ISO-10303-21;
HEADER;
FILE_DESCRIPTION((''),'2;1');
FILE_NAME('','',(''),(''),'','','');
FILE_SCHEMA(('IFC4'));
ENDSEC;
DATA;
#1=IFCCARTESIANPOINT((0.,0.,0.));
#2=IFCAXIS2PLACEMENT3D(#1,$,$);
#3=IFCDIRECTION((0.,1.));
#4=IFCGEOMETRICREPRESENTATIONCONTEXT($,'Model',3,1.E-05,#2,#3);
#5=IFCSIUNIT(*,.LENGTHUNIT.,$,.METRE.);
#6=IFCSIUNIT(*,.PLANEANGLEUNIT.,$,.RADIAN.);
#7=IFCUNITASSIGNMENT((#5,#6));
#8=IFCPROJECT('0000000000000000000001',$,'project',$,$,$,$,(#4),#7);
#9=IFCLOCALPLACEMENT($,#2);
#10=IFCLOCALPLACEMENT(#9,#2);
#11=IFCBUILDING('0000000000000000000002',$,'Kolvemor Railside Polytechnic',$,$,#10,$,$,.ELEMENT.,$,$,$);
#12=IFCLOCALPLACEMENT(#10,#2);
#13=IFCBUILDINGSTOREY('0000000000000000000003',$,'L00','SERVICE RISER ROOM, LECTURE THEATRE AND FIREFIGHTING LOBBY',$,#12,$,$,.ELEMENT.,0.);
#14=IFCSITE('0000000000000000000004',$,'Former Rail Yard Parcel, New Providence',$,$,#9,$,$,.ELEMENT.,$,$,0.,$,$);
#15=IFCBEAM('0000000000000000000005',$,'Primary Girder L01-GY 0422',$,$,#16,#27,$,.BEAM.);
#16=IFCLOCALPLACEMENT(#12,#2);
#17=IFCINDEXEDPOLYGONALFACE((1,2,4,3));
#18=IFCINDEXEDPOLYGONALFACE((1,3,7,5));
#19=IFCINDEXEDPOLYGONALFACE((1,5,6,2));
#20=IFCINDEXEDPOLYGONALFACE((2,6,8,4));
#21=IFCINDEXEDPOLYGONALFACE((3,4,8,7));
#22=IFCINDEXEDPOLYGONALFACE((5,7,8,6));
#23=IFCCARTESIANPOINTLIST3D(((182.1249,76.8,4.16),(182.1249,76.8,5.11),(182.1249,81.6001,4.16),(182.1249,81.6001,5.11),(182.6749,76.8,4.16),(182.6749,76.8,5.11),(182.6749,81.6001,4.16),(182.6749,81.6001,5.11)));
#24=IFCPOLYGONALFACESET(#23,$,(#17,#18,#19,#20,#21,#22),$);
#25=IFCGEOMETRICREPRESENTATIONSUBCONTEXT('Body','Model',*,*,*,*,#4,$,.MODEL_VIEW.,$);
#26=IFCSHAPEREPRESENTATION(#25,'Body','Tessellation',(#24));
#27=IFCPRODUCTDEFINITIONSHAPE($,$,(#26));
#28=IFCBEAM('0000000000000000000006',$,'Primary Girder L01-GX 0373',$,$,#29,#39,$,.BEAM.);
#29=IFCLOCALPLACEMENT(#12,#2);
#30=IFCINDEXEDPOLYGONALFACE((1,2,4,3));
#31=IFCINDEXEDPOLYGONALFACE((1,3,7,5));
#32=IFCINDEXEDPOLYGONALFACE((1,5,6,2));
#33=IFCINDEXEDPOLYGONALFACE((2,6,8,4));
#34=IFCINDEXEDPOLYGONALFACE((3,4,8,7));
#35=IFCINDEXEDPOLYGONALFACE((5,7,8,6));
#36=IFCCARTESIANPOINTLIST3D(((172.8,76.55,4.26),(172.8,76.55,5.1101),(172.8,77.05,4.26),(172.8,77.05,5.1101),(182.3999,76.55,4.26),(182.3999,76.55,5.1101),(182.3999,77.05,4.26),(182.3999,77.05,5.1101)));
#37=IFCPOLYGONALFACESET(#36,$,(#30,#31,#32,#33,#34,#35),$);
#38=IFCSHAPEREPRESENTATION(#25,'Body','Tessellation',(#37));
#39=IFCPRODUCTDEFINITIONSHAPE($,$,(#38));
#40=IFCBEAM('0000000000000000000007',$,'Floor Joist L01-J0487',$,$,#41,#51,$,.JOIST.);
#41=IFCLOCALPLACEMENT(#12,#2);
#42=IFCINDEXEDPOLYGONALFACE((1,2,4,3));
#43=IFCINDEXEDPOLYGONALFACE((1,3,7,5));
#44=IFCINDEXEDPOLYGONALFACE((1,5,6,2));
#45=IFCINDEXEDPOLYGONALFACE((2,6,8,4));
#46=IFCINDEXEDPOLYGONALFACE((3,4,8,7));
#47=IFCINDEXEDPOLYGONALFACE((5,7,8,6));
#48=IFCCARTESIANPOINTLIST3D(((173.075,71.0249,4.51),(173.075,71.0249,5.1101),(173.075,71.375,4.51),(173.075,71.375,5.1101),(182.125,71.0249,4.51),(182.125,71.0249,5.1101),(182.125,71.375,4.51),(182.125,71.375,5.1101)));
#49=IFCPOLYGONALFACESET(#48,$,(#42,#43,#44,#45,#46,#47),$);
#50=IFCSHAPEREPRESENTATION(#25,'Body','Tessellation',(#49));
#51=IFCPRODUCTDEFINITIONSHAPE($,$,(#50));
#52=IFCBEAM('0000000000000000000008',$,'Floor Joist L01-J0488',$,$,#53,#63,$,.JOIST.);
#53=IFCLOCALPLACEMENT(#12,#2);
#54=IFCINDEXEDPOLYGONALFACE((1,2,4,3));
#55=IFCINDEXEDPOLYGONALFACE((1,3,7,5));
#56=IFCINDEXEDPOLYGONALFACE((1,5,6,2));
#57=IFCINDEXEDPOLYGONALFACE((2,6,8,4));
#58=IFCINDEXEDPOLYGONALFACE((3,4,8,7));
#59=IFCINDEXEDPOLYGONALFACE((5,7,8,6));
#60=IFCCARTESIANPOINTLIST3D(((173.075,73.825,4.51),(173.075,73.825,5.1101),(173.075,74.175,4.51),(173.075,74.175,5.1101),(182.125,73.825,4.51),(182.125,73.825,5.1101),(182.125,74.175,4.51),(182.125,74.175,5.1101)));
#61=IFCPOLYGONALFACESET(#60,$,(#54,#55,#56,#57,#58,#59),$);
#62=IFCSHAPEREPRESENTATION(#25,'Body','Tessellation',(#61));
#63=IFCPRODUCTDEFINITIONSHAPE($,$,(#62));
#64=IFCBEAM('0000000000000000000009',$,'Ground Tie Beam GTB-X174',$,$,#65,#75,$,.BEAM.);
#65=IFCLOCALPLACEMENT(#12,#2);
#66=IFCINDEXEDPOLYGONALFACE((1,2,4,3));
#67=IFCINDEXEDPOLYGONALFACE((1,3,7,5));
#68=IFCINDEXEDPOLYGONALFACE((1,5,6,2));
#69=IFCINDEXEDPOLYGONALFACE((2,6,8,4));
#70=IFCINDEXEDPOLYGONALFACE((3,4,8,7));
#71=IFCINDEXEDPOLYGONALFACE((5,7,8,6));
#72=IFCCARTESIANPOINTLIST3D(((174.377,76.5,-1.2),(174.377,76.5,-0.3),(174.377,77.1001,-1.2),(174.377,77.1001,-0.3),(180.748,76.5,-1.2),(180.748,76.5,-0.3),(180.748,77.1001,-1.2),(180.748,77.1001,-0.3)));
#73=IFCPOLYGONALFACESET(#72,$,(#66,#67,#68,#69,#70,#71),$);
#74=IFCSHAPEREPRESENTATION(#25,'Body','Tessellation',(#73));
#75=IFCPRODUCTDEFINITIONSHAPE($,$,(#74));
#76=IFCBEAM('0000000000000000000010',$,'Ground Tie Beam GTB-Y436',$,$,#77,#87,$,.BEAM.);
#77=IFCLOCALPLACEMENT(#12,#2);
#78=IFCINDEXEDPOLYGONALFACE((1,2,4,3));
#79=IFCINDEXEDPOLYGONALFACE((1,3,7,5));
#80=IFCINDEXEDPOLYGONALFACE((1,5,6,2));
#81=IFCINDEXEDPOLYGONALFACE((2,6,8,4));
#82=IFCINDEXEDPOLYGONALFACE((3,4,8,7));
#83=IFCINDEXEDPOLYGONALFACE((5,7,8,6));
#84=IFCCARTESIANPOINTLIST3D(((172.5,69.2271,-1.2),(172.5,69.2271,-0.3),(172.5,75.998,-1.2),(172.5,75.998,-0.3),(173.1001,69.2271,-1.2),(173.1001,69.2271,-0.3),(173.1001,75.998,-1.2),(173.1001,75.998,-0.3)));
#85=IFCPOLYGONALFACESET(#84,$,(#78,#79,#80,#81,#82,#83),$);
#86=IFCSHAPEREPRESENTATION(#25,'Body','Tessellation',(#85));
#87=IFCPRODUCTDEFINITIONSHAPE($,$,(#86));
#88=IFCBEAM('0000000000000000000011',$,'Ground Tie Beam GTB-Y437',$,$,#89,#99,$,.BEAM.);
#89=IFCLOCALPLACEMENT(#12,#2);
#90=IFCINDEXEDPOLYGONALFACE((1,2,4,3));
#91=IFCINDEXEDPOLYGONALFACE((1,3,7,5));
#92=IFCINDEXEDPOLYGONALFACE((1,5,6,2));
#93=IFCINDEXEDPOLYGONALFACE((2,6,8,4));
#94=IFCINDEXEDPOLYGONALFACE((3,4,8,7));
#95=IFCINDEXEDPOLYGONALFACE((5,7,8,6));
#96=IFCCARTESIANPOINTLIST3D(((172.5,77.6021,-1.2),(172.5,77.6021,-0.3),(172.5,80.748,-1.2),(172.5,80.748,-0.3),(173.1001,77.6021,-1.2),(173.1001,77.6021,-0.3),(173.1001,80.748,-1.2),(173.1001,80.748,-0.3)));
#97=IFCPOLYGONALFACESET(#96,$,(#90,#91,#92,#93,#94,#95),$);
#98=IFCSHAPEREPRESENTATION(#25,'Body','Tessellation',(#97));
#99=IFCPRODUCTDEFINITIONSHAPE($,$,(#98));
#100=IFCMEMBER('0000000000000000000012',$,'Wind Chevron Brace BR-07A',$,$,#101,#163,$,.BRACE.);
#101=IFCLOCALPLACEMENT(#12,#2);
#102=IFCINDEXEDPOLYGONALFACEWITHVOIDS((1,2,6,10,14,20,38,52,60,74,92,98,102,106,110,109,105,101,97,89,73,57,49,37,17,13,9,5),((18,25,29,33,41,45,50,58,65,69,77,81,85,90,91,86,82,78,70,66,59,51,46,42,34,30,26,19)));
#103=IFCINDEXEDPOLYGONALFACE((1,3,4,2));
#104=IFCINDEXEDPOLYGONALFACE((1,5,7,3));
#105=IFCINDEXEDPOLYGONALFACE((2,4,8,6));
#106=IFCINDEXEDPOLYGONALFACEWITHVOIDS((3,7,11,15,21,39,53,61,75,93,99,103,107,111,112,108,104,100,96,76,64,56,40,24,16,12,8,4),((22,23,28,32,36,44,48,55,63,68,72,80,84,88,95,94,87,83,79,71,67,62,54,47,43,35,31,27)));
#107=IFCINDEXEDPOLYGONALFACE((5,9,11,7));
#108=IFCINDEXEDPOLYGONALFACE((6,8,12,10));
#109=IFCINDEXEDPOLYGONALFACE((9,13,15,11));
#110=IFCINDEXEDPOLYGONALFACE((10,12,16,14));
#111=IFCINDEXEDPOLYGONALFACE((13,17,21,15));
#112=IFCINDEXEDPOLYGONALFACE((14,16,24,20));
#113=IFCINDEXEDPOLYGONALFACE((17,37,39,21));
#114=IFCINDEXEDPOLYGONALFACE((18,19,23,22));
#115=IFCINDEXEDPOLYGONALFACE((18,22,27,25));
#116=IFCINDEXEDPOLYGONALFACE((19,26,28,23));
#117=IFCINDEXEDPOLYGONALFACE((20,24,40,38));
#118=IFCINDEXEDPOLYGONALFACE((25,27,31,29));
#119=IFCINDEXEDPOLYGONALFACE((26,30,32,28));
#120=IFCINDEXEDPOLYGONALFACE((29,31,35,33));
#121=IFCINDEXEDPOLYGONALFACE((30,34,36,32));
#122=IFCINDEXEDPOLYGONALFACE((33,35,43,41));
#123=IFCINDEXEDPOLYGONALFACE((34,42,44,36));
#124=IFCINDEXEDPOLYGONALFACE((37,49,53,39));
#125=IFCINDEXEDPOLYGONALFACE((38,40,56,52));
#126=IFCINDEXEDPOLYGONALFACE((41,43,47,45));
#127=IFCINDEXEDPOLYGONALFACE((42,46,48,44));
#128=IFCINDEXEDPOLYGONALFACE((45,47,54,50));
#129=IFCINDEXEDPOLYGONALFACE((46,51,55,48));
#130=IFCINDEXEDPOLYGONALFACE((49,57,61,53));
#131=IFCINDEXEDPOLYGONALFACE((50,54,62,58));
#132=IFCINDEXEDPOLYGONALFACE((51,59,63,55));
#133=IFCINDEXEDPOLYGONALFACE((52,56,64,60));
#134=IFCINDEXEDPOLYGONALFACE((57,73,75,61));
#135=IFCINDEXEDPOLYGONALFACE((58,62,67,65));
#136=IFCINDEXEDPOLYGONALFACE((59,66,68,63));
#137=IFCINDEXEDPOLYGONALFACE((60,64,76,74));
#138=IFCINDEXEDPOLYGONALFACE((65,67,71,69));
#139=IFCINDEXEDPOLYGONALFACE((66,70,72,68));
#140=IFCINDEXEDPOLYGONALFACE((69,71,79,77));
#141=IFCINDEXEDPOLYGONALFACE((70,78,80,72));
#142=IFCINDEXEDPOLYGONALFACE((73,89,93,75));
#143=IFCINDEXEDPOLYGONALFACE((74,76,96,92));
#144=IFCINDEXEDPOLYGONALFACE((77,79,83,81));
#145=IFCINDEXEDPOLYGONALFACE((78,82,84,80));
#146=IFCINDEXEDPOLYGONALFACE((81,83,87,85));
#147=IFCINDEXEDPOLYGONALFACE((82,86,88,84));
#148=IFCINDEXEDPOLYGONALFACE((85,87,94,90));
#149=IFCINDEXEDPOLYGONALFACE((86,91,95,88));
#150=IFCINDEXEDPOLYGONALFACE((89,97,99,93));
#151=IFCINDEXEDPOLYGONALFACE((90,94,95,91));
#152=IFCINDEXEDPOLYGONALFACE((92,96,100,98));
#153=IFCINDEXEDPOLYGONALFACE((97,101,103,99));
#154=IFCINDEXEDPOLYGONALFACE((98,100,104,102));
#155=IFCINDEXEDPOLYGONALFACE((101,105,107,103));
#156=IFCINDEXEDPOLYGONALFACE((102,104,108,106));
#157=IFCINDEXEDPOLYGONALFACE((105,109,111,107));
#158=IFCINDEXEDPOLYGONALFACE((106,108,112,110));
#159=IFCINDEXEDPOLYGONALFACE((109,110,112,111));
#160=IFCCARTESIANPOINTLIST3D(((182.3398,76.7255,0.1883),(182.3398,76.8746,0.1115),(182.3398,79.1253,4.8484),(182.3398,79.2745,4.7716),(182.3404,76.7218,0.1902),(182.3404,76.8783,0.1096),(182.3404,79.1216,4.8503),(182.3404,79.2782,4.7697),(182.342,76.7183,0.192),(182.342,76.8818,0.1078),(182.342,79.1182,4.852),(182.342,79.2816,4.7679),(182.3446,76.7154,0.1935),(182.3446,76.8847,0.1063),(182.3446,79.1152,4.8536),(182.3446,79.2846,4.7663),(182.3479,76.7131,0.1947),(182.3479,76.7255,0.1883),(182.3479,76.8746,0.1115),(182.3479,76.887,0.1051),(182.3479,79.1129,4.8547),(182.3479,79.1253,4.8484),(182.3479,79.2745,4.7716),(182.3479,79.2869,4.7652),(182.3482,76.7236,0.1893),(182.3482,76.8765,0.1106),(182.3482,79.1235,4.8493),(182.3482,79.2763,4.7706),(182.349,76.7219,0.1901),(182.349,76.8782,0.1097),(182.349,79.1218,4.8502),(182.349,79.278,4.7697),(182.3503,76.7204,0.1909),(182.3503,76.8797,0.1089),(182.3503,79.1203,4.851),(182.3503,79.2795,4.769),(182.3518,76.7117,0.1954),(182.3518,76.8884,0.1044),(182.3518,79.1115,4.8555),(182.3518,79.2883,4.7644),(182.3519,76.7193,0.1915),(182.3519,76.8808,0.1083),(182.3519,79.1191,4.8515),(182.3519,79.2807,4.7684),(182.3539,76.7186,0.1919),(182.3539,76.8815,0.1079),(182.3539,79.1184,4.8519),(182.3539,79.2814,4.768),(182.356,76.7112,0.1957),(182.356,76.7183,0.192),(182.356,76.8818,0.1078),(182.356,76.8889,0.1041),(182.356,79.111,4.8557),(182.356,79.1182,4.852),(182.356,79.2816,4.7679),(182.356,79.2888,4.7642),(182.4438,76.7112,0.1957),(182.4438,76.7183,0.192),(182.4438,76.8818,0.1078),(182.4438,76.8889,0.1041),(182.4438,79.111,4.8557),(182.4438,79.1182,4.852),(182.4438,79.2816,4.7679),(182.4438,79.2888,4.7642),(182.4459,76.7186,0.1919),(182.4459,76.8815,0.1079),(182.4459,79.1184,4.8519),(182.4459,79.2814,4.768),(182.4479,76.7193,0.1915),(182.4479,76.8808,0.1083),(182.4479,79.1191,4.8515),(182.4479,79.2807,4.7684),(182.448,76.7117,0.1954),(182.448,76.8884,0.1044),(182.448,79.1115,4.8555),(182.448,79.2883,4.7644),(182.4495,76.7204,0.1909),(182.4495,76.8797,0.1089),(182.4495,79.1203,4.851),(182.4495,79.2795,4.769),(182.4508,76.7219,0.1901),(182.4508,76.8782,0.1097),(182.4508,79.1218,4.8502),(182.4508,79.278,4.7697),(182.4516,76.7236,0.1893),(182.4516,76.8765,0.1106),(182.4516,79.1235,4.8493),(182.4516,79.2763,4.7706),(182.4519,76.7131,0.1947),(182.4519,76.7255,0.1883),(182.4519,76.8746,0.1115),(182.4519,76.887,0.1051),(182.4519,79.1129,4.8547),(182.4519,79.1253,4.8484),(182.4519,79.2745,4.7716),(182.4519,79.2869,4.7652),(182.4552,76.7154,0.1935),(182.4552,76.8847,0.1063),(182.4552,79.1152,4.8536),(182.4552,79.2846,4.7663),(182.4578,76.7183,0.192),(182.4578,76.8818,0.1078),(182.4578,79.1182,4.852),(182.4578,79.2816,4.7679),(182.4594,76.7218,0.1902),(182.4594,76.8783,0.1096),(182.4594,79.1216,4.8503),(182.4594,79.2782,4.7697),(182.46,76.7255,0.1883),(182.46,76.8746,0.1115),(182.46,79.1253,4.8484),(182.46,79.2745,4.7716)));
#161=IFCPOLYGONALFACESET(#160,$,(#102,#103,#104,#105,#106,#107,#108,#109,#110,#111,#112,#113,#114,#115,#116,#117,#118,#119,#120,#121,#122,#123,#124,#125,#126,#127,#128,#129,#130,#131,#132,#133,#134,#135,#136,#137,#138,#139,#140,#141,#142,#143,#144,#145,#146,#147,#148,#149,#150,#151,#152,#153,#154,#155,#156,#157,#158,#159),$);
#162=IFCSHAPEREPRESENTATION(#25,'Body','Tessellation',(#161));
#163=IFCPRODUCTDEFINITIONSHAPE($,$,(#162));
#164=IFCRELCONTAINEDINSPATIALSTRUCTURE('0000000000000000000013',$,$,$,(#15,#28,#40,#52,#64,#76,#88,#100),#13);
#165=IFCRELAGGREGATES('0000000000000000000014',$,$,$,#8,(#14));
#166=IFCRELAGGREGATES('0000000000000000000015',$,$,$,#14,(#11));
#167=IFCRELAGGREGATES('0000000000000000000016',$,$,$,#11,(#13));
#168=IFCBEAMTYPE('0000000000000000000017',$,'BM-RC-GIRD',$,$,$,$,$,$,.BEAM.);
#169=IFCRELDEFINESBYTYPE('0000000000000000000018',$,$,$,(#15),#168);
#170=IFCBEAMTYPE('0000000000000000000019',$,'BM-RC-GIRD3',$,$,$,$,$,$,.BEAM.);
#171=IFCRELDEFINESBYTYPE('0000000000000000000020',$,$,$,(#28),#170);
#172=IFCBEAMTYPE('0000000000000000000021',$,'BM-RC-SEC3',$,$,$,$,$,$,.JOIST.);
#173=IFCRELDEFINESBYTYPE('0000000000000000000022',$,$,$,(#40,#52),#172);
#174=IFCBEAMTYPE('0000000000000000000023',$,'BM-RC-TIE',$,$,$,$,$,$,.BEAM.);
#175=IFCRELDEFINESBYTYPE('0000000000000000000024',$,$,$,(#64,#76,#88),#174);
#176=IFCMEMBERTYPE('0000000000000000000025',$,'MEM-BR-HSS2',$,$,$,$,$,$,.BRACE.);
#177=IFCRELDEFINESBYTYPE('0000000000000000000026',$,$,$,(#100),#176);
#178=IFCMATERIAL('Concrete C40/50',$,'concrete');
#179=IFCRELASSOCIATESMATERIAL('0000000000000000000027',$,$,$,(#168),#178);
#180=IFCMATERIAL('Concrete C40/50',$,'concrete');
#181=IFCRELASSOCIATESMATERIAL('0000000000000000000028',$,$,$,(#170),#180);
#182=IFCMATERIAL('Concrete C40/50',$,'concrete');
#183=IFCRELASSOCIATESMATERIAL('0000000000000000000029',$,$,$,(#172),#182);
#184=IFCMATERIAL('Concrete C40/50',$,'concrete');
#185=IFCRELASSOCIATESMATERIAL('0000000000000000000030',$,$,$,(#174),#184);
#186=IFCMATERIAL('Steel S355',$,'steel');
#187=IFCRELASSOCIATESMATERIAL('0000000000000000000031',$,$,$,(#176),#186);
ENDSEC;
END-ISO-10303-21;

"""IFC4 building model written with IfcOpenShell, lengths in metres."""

from ifc_helpers import new_model, si_unit, direction, frame, origin, origin_2d, place, context, subcontext, project, spatial, rectangle, hollow_rectangle, extrude, material, material_profile, profile_set, type_object, element, save


model = new_model("IFC4")

# Units and contexts
model_context = context("Model", 3, precision=1e-05, world=origin(), true_north=direction((0.0, 1.0)))
body_context = subcontext(model_context, "Body", "Model", "MODEL_VIEW")
ifc_project = project(units=[si_unit("LENGTHUNIT", "METRE"), si_unit("PLANEANGLEUNIT", "RADIAN")], contexts=[model_context])

# Site, building, storey
site_placement = place(None, origin())
site = spatial("IfcSite", under=ifc_project, at=site_placement, Name="Former Rail Yard Parcel, New Providence", CompositionType="ELEMENT", RefElevation=0.0)
building_placement = place(site_placement, origin())
building = spatial("IfcBuilding", under=site, at=building_placement, Name="Kolvemor Railside Polytechnic", CompositionType="ELEMENT")
storey_placement = place(building_placement, origin())
storey = spatial("IfcBuildingStorey", under=building, at=storey_placement, Name="L00", Description="SERVICE RISER ROOM, LECTURE THEATRE AND FIREFIGHTING LOBBY", CompositionType="ELEMENT", Elevation=0.0)

# Beams
ifc_material_1 = material(Name="Concrete C40/50", Category="concrete")
ifc_material_profile_1 = material_profile(ifc_material_1, rectangle(XDim=0.55, YDim=0.95, at=origin_2d()), Name="RC550x950")
ifc_profile_set_1 = profile_set([ifc_material_profile_1], Name="Concrete C40/50")
beam_type_1 = type_object("IfcBeamType", Name="BM-RC-GIRD", PredefinedType="BEAM", material=ifc_profile_set_1)
for number, where, z_axis, x_axis, name in (
    (1, (182.3999, 76.8, 4.635), (0.0, 1.0, 0.0), (-1.0, 0.0, 0.0), "Primary Girder L01-GY 0422"),
):
    element("IfcBeam", number, at=place(storey_placement, frame(where, z_axis=z_axis, x_axis=x_axis)), inside=storey, type_object=beam_type_1, Name=name, PredefinedType="BEAM", context=body_context, shape_type="SweptSolid", body=[
        extrude(rectangle(XDim=0.55, YDim=0.95, at=origin_2d()), origin(), (0.0, 0.0, 1.0), 4.8),
    ])
ifc_material_2 = material(Name="Concrete C40/50", Category="concrete")
ifc_material_profile_2 = material_profile(ifc_material_2, rectangle(XDim=0.5, YDim=0.8501, at=origin_2d()), Name="RC500x850")
ifc_profile_set_2 = profile_set([ifc_material_profile_2], Name="Concrete C40/50")
beam_type_2 = type_object("IfcBeamType", Name="BM-RC-GIRD3", PredefinedType="BEAM", material=ifc_profile_set_2)
beam_1_placement = place(storey_placement, frame((172.8, 76.8, 4.6851), z_axis=(1.0, 0.0, 0.0), x_axis=(0.0, 1.0, 0.0)))
element("IfcBeam", 2, at=beam_1_placement, inside=storey, type_object=beam_type_2, Name="Primary Girder L01-GX 0373", PredefinedType="BEAM", context=body_context, shape_type="SweptSolid", body=[
    extrude(rectangle(XDim=0.5, YDim=0.8501, at=origin_2d()), origin(), (0.0, 0.0, 1.0), 9.5999),
])
ifc_material_3 = material(Name="Concrete C40/50", Category="concrete")
ifc_material_profile_3 = material_profile(ifc_material_3, rectangle(XDim=0.3501, YDim=0.6001, at=origin_2d()), Name="RC350x600")
ifc_profile_set_3 = profile_set([ifc_material_profile_3], Name="Concrete C40/50")
beam_type_3 = type_object("IfcBeamType", Name="BM-RC-SEC3", PredefinedType="JOIST", material=ifc_profile_set_3)
for number, where, z_axis, x_axis, name in (
    (3, (173.075, 71.2, 4.8101), (1.0, 0.0, 0.0), (0.0, 1.0, 0.0), "Floor Joist L01-J0487"),
    (4, (173.075, 74.0, 4.8101), (1.0, 0.0, 0.0), (0.0, 1.0, 0.0), "Floor Joist L01-J0488"),
):
    element("IfcBeam", number, at=place(storey_placement, frame(where, z_axis=z_axis, x_axis=x_axis)), inside=storey, type_object=beam_type_3, Name=name, PredefinedType="JOIST", context=body_context, shape_type="SweptSolid", body=[
        extrude(rectangle(XDim=0.3501, YDim=0.6001, at=origin_2d()), origin(), (0.0, 0.0, 1.0), 9.05),
    ])
ifc_material_4 = material(Name="Concrete C40/50", Category="concrete")
ifc_material_profile_4 = material_profile(ifc_material_4, rectangle(XDim=0.6001, YDim=0.8999, at=origin_2d()), Name="RC600x900")
ifc_profile_set_4 = profile_set([ifc_material_profile_4], Name="Concrete C40/50")
beam_type_4 = type_object("IfcBeamType", Name="BM-RC-TIE", PredefinedType="BEAM", material=ifc_profile_set_4)
beam_2_placement = place(storey_placement, frame((174.377, 76.8, -0.75), z_axis=(1.0, 0.0, 0.0), x_axis=(0.0, 1.0, 0.0)))
element("IfcBeam", 5, at=beam_2_placement, inside=storey, type_object=beam_type_4, Name="Ground Tie Beam GTB-X174", PredefinedType="BEAM", context=body_context, shape_type="SweptSolid", body=[
    extrude(rectangle(XDim=0.6001, YDim=0.8999, at=origin_2d()), origin(), (0.0, 0.0, 1.0), 6.3711),
])
beam_3_placement = place(storey_placement, frame((172.8, 69.2271, -0.75), z_axis=(0.0, 1.0, 0.0), x_axis=(-1.0, 0.0, 0.0)))
element("IfcBeam", 6, at=beam_3_placement, inside=storey, type_object=beam_type_4, Name="Ground Tie Beam GTB-Y436", PredefinedType="BEAM", context=body_context, shape_type="SweptSolid", body=[
    extrude(rectangle(XDim=0.6001, YDim=0.8999, at=origin_2d()), origin(), (0.0, 0.0, 1.0), 6.771),
])
beam_4_placement = place(storey_placement, frame((172.8, 77.6021, -0.75), z_axis=(0.0, 1.0, 0.0), x_axis=(-1.0, 0.0, 0.0)))
element("IfcBeam", 7, at=beam_4_placement, inside=storey, type_object=beam_type_4, Name="Ground Tie Beam GTB-Y437", PredefinedType="BEAM", context=body_context, shape_type="SweptSolid", body=[
    extrude(rectangle(XDim=0.6001, YDim=0.8999, at=origin_2d()), origin(), (0.0, 0.0, 1.0), 3.146),
])

# Member
ifc_material_5 = material(Name="Steel S355", Category="steel")
ifc_material_profile_5 = material_profile(ifc_material_5, hollow_rectangle(XDim=0.1201, YDim=0.2, WallThickness=0.0081, InnerFilletRadius=0.0081, OuterFilletRadius=0.0161, at=origin_2d()), Name="HSS200x120x8")
ifc_profile_set_5 = profile_set([ifc_material_profile_5], Name="Steel S355")
member_type = type_object("IfcMemberType", Name="MEM-BR-HSS2", PredefinedType="BRACE", material=ifc_profile_set_5)
member_placement = place(storey_placement, frame((182.3999, 76.8, 0.1499), z_axis=(0.0, 0.457838, 0.889035), x_axis=(-1.0, 0.0, 0.0)))
element("IfcMember", 8, at=member_placement, inside=storey, type_object=member_type, Name="Wind Chevron Brace BR-07A", PredefinedType="BRACE", context=body_context, shape_type="SweptSolid", body=[
    extrude(hollow_rectangle(XDim=0.1201, YDim=0.2, WallThickness=0.0081, InnerFilletRadius=0.0081, OuterFilletRadius=0.0161, at=origin_2d()), origin(), (0.0, 0.0, 1.0), 5.2417),
])

save(model, "model.ifc")
